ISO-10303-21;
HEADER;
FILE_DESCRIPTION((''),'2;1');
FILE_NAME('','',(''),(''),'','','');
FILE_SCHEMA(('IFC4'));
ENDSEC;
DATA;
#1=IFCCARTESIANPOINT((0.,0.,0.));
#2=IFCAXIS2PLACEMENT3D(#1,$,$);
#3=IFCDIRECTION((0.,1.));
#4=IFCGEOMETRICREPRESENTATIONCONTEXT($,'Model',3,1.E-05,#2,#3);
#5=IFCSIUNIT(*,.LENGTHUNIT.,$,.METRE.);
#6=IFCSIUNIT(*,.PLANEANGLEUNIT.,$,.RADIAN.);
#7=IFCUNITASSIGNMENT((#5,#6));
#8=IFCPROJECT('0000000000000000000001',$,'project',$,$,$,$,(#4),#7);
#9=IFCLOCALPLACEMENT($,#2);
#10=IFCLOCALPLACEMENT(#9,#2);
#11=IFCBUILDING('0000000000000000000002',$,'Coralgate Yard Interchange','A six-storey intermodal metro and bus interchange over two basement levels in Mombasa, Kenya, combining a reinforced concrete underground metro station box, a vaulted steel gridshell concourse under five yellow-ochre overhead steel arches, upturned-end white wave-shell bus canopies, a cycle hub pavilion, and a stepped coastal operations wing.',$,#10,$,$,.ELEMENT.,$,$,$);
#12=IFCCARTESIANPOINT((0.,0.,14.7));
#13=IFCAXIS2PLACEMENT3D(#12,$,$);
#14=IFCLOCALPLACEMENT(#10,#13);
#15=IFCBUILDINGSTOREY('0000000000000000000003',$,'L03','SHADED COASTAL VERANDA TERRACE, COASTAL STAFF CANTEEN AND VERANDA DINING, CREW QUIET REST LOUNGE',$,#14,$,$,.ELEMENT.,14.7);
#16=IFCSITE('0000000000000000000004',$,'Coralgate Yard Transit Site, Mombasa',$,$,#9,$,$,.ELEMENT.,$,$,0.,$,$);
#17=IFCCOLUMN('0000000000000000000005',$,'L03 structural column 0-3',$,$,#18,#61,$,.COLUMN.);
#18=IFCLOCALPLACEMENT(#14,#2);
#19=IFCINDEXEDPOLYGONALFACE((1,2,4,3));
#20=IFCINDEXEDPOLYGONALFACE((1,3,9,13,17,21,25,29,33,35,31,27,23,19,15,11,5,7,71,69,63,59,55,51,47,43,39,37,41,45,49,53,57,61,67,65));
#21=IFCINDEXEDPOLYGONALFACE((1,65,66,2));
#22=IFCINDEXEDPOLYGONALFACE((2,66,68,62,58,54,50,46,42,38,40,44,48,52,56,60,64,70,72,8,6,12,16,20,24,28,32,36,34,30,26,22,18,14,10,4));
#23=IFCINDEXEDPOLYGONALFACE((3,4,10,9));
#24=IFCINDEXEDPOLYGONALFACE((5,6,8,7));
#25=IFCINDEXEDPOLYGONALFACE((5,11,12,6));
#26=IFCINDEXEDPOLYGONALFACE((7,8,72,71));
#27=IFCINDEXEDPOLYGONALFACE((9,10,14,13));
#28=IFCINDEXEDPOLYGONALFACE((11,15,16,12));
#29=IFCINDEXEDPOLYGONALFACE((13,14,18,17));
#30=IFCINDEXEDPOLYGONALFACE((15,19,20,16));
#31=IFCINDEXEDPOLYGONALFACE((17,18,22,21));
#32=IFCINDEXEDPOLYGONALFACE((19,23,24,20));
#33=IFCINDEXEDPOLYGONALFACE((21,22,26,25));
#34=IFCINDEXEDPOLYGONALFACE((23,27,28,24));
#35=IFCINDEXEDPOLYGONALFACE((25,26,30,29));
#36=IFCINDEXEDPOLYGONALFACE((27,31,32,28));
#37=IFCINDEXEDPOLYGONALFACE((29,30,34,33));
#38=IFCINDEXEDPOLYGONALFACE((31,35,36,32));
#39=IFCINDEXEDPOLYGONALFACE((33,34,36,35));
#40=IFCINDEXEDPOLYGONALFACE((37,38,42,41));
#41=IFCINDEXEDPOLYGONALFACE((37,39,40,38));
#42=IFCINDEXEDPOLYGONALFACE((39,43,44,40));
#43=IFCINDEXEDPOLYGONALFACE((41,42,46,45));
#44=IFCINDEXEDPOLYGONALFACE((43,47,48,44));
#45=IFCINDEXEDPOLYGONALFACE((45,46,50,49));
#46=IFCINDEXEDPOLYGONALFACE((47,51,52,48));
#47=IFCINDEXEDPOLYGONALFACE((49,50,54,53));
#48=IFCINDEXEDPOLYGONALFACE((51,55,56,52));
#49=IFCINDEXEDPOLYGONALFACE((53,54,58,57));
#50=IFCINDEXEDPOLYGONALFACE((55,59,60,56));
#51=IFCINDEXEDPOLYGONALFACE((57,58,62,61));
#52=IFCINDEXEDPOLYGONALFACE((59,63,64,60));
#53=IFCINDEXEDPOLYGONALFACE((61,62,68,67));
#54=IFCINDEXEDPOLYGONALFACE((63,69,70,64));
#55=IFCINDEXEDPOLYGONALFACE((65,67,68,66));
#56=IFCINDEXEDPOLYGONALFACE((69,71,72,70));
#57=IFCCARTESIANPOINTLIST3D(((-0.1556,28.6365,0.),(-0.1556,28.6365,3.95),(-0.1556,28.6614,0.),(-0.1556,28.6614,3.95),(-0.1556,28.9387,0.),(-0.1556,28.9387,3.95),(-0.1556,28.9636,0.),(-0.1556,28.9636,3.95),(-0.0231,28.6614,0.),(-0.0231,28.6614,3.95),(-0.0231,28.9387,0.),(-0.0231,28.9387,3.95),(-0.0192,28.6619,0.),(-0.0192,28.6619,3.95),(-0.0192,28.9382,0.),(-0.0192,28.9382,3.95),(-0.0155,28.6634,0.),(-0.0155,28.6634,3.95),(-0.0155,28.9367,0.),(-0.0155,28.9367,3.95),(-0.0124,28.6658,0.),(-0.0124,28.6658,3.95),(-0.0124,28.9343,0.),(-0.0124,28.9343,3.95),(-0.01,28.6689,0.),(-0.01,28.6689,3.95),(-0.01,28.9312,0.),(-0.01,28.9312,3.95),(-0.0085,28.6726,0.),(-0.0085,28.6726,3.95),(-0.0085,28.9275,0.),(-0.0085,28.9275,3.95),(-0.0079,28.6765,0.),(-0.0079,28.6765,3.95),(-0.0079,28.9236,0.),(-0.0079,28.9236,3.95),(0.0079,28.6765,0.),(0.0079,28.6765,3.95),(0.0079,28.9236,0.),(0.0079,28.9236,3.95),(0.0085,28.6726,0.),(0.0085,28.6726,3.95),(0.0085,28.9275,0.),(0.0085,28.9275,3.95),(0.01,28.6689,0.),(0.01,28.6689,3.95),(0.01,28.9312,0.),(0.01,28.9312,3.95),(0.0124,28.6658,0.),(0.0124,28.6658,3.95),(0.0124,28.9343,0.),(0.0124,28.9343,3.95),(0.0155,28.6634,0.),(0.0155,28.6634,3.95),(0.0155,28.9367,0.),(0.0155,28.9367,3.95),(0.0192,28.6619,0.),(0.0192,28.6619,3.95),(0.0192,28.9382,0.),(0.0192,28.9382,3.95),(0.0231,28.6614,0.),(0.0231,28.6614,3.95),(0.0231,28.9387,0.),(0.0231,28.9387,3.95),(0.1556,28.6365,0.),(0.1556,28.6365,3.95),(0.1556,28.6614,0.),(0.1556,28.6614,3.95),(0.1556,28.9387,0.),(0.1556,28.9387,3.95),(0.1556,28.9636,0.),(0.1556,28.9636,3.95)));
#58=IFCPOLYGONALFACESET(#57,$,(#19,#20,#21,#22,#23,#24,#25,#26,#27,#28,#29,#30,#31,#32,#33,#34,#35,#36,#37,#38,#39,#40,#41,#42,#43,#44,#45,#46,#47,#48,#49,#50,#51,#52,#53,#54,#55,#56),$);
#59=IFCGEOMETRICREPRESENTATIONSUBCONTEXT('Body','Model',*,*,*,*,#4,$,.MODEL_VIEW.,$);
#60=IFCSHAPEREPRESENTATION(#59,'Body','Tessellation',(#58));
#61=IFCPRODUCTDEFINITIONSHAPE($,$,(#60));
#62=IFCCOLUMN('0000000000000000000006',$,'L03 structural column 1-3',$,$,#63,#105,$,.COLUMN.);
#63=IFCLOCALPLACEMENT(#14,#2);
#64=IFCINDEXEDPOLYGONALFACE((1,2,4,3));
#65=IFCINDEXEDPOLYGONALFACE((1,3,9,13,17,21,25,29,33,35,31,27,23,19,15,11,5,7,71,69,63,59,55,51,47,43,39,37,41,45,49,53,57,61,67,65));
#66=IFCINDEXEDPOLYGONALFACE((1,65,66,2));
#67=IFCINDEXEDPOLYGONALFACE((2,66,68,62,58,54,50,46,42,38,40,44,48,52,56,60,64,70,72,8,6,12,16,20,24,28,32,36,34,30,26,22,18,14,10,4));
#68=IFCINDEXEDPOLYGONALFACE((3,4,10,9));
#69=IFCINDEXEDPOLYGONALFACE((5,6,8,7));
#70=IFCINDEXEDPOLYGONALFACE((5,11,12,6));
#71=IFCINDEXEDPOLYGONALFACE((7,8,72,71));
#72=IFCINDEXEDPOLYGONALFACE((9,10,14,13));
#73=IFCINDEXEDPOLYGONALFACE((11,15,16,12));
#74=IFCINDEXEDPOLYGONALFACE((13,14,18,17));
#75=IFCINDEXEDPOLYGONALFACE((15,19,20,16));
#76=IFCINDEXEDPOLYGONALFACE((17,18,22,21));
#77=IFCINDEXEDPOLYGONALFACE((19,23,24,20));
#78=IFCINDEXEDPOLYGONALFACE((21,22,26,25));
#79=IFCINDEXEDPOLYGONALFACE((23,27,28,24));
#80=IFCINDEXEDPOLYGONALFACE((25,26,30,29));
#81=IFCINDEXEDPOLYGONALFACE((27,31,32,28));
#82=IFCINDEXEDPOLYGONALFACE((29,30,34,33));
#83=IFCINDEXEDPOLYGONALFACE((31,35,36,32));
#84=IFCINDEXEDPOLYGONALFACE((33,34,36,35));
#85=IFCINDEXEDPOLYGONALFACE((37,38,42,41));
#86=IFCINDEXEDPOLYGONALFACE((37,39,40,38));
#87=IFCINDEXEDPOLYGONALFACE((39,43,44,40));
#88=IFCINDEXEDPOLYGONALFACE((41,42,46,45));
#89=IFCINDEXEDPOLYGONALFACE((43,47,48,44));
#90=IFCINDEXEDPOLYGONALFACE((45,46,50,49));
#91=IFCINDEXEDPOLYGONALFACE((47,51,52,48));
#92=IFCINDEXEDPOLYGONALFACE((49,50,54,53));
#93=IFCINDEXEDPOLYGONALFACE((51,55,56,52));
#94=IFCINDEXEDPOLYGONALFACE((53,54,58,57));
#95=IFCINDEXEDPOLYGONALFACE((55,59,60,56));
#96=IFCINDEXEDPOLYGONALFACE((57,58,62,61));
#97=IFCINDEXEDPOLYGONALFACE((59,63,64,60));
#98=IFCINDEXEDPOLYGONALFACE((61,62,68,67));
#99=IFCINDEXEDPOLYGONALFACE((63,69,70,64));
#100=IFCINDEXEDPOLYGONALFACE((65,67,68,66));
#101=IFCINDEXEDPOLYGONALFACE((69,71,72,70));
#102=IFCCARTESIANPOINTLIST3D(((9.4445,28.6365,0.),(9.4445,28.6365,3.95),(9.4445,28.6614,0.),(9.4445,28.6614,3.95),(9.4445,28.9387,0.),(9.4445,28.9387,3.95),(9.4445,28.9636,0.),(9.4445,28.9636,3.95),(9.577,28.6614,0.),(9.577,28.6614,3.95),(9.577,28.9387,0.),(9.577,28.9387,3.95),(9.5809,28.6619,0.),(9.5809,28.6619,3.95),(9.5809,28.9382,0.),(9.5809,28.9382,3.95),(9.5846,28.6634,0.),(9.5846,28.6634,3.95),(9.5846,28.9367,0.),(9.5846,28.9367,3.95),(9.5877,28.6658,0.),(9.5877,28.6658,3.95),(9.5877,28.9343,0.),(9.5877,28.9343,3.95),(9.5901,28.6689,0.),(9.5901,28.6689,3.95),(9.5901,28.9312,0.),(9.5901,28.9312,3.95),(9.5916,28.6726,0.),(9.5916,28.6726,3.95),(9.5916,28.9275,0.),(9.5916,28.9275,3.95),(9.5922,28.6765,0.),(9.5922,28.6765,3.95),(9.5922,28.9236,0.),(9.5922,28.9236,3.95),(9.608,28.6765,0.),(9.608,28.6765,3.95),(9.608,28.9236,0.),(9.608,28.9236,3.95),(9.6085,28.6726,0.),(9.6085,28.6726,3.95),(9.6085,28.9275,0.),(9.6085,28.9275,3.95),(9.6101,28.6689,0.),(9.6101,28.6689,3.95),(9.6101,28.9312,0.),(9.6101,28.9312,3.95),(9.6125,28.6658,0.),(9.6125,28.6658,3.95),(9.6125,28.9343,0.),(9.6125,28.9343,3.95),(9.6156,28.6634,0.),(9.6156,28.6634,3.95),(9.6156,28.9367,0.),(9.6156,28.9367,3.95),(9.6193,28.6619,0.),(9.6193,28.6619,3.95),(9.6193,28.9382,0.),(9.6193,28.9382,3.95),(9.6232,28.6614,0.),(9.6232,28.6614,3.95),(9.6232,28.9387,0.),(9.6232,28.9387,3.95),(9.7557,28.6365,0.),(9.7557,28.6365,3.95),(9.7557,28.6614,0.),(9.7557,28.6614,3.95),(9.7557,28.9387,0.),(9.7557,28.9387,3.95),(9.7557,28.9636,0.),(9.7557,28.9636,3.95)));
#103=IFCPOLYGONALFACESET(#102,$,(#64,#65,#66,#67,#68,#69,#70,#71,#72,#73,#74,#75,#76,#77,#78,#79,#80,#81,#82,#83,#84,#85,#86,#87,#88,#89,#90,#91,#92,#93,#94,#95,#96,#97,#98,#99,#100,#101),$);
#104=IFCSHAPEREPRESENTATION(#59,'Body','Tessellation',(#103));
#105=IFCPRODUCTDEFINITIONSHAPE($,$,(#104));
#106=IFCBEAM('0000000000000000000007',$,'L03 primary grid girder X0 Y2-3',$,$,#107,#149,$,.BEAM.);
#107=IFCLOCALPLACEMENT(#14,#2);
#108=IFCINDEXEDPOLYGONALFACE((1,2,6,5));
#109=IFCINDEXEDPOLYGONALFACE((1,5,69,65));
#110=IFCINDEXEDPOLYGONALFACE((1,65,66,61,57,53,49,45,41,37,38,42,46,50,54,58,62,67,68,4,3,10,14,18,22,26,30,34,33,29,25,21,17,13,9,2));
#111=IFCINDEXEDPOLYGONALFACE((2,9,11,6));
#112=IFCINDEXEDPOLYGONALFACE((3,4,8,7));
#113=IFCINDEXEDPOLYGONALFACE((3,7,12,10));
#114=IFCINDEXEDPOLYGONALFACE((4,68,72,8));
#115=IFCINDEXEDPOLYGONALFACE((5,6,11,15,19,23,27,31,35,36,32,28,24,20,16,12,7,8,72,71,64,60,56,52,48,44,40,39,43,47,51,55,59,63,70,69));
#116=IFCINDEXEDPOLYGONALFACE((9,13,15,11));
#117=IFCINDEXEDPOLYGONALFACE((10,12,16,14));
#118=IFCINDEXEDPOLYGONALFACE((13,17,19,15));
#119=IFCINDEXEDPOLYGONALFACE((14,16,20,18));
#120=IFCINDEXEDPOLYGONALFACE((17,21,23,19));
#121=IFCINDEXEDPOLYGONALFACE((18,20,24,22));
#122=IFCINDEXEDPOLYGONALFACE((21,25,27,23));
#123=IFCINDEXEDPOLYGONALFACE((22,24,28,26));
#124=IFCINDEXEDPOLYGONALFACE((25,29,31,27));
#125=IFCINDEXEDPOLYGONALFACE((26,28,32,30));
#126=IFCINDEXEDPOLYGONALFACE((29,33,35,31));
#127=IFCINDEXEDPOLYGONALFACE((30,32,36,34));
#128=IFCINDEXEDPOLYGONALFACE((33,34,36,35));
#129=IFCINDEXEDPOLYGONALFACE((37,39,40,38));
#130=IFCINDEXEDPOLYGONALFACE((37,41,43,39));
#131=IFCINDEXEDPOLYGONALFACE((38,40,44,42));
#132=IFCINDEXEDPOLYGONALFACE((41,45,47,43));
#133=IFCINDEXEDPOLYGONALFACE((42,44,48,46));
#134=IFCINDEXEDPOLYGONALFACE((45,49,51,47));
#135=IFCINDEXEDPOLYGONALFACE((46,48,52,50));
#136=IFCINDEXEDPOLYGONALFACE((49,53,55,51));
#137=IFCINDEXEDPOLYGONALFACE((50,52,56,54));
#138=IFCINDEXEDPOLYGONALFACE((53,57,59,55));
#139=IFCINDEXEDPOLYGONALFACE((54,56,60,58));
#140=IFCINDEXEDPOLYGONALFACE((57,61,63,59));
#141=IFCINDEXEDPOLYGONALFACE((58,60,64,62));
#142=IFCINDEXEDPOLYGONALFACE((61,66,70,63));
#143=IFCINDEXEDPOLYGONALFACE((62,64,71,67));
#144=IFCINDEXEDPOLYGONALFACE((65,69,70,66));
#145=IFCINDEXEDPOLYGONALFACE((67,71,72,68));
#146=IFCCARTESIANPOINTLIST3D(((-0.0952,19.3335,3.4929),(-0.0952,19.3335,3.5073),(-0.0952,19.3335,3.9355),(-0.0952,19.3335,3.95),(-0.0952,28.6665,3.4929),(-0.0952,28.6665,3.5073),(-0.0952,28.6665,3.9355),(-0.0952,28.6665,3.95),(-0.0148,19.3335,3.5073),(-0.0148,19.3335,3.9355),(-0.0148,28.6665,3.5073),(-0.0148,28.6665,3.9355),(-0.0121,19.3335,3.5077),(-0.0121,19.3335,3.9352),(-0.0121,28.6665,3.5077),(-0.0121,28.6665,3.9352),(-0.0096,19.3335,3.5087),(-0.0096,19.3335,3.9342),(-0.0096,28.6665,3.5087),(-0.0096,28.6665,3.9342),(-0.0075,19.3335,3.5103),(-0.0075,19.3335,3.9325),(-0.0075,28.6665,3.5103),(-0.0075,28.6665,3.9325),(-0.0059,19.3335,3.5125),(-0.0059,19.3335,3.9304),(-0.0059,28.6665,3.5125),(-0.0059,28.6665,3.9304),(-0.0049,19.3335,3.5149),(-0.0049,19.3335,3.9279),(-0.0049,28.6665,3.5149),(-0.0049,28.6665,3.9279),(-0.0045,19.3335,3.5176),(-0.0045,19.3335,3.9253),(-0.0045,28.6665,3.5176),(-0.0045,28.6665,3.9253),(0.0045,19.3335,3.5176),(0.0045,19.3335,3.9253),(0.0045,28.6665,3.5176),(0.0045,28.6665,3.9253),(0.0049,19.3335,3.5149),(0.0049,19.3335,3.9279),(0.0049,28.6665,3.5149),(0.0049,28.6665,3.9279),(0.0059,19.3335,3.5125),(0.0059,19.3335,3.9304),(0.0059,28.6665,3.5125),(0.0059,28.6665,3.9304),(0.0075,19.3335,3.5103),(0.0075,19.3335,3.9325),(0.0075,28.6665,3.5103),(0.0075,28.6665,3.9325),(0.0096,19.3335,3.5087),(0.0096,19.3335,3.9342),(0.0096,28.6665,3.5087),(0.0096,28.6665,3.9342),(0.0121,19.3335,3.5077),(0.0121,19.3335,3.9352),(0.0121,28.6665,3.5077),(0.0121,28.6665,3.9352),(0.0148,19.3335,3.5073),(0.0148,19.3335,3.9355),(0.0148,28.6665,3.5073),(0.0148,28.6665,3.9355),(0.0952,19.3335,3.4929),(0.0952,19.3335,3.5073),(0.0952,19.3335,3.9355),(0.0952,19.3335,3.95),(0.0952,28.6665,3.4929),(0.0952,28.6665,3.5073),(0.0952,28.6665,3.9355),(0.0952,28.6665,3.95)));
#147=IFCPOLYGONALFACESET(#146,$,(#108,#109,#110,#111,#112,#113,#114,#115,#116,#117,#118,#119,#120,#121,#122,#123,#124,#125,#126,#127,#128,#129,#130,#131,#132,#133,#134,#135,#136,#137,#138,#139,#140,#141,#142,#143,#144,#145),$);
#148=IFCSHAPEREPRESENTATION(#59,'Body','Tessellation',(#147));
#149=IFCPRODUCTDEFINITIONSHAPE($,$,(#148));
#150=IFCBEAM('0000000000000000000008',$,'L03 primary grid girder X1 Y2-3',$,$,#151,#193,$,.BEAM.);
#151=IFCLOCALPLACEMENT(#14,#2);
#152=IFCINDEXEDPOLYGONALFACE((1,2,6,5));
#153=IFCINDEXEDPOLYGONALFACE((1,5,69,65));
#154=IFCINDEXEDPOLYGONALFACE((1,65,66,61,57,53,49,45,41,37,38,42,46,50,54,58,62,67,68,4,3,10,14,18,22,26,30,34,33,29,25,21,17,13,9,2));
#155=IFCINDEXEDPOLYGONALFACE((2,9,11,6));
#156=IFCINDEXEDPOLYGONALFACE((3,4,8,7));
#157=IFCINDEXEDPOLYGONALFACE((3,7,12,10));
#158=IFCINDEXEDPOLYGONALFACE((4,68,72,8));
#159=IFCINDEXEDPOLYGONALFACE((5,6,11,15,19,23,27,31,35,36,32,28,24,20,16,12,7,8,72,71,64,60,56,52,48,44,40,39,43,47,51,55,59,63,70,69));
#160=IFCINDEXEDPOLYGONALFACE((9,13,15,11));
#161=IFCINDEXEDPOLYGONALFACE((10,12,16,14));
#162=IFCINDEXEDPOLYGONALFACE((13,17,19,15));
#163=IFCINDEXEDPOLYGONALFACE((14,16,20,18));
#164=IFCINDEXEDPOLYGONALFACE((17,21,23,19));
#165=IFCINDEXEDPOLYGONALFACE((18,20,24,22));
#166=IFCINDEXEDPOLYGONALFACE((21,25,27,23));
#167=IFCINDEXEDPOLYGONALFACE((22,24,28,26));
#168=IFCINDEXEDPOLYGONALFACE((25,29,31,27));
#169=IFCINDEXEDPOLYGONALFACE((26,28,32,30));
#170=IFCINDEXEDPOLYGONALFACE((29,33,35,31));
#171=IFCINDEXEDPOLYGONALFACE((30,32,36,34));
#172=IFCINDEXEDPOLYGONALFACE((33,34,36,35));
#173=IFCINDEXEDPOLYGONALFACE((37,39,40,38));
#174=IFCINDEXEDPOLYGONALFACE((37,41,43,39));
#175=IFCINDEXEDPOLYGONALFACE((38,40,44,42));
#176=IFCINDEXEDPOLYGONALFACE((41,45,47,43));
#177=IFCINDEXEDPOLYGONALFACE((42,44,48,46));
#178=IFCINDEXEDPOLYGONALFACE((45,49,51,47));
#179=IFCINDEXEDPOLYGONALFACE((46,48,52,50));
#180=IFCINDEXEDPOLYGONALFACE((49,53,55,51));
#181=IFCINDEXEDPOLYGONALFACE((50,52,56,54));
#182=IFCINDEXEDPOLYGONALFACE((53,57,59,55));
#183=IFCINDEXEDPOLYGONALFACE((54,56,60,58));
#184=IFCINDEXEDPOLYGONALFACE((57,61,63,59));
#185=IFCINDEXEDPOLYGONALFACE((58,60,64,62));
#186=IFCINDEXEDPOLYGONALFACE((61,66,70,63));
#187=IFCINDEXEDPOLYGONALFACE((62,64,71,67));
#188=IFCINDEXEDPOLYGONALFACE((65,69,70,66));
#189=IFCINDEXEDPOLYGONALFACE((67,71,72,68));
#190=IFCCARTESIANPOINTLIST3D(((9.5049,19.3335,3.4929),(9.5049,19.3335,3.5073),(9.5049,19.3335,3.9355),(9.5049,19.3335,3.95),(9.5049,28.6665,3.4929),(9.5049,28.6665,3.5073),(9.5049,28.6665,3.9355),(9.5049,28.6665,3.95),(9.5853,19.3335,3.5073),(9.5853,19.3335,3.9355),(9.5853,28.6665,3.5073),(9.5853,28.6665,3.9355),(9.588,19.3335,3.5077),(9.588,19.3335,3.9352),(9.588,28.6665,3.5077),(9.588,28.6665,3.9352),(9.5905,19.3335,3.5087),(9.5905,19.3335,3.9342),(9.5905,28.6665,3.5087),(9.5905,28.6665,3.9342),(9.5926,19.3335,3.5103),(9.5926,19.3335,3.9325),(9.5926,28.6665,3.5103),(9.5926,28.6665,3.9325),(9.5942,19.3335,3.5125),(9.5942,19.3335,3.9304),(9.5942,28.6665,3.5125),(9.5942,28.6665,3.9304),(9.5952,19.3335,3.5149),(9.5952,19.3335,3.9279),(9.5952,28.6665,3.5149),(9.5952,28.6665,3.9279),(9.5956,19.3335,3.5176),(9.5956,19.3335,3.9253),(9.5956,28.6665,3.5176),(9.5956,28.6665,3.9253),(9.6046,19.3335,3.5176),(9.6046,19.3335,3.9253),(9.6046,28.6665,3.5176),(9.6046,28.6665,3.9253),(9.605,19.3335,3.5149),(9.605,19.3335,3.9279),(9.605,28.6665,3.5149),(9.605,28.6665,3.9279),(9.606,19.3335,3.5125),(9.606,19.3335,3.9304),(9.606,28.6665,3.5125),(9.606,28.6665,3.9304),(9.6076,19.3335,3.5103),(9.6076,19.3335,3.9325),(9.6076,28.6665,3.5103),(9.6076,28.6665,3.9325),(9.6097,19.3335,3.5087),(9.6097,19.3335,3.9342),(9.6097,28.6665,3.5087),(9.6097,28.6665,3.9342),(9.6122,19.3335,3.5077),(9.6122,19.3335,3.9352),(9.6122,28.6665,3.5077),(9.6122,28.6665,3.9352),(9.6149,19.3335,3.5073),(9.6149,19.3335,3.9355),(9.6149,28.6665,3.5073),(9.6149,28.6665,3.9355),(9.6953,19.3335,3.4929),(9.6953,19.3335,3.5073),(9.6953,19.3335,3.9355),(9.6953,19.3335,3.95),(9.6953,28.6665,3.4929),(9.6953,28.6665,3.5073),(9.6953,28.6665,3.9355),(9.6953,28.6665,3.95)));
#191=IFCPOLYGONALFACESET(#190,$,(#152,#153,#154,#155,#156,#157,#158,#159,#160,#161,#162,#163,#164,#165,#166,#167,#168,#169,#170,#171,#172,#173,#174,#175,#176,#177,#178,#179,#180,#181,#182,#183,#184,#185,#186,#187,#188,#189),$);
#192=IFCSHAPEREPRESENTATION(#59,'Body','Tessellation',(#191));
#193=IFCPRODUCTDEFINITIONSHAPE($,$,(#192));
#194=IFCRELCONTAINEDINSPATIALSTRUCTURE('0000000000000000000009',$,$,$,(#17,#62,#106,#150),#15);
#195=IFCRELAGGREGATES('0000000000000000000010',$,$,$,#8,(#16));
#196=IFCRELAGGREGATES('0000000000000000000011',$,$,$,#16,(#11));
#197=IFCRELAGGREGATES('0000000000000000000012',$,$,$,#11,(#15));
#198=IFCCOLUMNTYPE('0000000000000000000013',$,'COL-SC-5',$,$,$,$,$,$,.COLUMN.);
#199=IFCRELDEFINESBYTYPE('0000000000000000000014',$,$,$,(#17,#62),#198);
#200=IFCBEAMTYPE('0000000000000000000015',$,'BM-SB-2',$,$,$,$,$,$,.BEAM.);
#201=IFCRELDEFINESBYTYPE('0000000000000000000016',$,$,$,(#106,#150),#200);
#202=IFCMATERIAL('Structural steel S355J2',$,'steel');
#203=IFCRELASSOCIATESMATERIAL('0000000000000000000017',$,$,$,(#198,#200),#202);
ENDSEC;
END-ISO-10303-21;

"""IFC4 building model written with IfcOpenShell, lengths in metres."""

from ifc_helpers import new_model, si_unit, direction, frame, origin, origin_2d, place, context, subcontext, project, spatial, i_section, extrude, material, material_profile, profile_set, type_object, element, save


model = new_model("IFC4")

# Units and contexts
model_context = context("Model", 3, precision=1e-05, world=origin(), true_north=direction((0.0, 1.0)))
body_context = subcontext(model_context, "Body", "Model", "MODEL_VIEW")
ifc_project = project(units=[si_unit("LENGTHUNIT", "METRE"), si_unit("PLANEANGLEUNIT", "RADIAN")], contexts=[model_context])

# Site, building, storey
site_placement = place(None, origin())
site = spatial("IfcSite", under=ifc_project, at=site_placement, Name="Coralgate Yard Transit Site, Mombasa", CompositionType="ELEMENT", RefElevation=0.0)
building_placement = place(site_placement, origin())
building = spatial("IfcBuilding", under=site, at=building_placement, Name="Coralgate Yard Interchange", Description="A six-storey intermodal metro and bus interchange over two basement levels in Mombasa, Kenya, combining a reinforced concrete underground metro station box, a vaulted steel gridshell concourse under five yellow-ochre overhead steel arches, upturned-end white wave-shell bus canopies, a cycle hub pavilion, and a stepped coastal operations wing.", CompositionType="ELEMENT")
storey_placement = place(building_placement, frame((0.0, 0.0, 14.7)))
storey = spatial("IfcBuildingStorey", under=building, at=storey_placement, Name="L03", Description="SHADED COASTAL VERANDA TERRACE, COASTAL STAFF CANTEEN AND VERANDA DINING, CREW QUIET REST LOUNGE", CompositionType="ELEMENT", Elevation=14.7)

# Columns
ifc_material_1 = material(Name="Structural steel S355J2", Category="steel")
ifc_material_profile_1 = material_profile(ifc_material_1, i_section(OverallWidth=0.3113, OverallDepth=0.3271, WebThickness=0.0159, FlangeThickness=0.0249, FilletRadius=0.0151, at=origin_2d()), Name="UC 305x305x158")
ifc_profile_set_1 = profile_set([ifc_material_profile_1], Name="Structural steel S355J2")
column_type = type_object("IfcColumnType", Name="COL-SC-5", PredefinedType="COLUMN", material=ifc_profile_set_1)
for number, where, z_axis, x_axis, name in (
    (1, (0.0, 28.8, 0.0), (0.0, 0.0, 1.0), (1.0, 0.0, 0.0), "L03 structural column 0-3"),
    (2, (9.6001, 28.8, 0.0), (0.0, 0.0, 1.0), (1.0, 0.0, 0.0), "L03 structural column 1-3"),
):
    element("IfcColumn", number, at=place(storey_placement, frame(where, z_axis=z_axis, x_axis=x_axis)), inside=storey, type_object=column_type, Name=name, PredefinedType="COLUMN", context=body_context, shape_type="SweptSolid", body=[
        extrude(i_section(OverallWidth=0.3113, OverallDepth=0.3271, WebThickness=0.0159, FlangeThickness=0.0249, FilletRadius=0.0151, at=origin_2d()), origin(), (0.0, 0.0, 1.0), 3.95),
    ])

# Beams
ifc_material_profile_2 = material_profile(ifc_material_1, i_section(OverallWidth=0.1904, OverallDepth=0.457, WebThickness=0.009, FlangeThickness=0.0144, FilletRadius=0.0103, at=origin_2d()), Name="UB 457x191x74")
ifc_profile_set_2 = profile_set([ifc_material_profile_2], Name="Structural steel S355J2")
beam_type_1 = type_object("IfcBeamType", Name="BM-SB-2", PredefinedType="BEAM", material=ifc_profile_set_2)
for number, where, z_axis, x_axis, name in (
    (3, (0.0, 19.3335, 3.7214), (0.0, 1.0, 0.0), (-1.0, 0.0, 0.0), "L03 primary grid girder X0 Y2-3"),
    (4, (9.6001, 19.3335, 3.7214), (0.0, 1.0, 0.0), (-1.0, 0.0, 0.0), "L03 primary grid girder X1 Y2-3"),
):
    element("IfcBeam", number, at=place(storey_placement, frame(where, z_axis=z_axis, x_axis=x_axis)), inside=storey, type_object=beam_type_1, Name=name, PredefinedType="BEAM", context=body_context, shape_type="SweptSolid", body=[
        extrude(i_section(OverallWidth=0.1904, OverallDepth=0.457, WebThickness=0.009, FlangeThickness=0.0144, FilletRadius=0.0103, at=origin_2d()), origin(), (0.0, 0.0, 1.0), 9.333),
    ])

save(model, "model.ifc")
